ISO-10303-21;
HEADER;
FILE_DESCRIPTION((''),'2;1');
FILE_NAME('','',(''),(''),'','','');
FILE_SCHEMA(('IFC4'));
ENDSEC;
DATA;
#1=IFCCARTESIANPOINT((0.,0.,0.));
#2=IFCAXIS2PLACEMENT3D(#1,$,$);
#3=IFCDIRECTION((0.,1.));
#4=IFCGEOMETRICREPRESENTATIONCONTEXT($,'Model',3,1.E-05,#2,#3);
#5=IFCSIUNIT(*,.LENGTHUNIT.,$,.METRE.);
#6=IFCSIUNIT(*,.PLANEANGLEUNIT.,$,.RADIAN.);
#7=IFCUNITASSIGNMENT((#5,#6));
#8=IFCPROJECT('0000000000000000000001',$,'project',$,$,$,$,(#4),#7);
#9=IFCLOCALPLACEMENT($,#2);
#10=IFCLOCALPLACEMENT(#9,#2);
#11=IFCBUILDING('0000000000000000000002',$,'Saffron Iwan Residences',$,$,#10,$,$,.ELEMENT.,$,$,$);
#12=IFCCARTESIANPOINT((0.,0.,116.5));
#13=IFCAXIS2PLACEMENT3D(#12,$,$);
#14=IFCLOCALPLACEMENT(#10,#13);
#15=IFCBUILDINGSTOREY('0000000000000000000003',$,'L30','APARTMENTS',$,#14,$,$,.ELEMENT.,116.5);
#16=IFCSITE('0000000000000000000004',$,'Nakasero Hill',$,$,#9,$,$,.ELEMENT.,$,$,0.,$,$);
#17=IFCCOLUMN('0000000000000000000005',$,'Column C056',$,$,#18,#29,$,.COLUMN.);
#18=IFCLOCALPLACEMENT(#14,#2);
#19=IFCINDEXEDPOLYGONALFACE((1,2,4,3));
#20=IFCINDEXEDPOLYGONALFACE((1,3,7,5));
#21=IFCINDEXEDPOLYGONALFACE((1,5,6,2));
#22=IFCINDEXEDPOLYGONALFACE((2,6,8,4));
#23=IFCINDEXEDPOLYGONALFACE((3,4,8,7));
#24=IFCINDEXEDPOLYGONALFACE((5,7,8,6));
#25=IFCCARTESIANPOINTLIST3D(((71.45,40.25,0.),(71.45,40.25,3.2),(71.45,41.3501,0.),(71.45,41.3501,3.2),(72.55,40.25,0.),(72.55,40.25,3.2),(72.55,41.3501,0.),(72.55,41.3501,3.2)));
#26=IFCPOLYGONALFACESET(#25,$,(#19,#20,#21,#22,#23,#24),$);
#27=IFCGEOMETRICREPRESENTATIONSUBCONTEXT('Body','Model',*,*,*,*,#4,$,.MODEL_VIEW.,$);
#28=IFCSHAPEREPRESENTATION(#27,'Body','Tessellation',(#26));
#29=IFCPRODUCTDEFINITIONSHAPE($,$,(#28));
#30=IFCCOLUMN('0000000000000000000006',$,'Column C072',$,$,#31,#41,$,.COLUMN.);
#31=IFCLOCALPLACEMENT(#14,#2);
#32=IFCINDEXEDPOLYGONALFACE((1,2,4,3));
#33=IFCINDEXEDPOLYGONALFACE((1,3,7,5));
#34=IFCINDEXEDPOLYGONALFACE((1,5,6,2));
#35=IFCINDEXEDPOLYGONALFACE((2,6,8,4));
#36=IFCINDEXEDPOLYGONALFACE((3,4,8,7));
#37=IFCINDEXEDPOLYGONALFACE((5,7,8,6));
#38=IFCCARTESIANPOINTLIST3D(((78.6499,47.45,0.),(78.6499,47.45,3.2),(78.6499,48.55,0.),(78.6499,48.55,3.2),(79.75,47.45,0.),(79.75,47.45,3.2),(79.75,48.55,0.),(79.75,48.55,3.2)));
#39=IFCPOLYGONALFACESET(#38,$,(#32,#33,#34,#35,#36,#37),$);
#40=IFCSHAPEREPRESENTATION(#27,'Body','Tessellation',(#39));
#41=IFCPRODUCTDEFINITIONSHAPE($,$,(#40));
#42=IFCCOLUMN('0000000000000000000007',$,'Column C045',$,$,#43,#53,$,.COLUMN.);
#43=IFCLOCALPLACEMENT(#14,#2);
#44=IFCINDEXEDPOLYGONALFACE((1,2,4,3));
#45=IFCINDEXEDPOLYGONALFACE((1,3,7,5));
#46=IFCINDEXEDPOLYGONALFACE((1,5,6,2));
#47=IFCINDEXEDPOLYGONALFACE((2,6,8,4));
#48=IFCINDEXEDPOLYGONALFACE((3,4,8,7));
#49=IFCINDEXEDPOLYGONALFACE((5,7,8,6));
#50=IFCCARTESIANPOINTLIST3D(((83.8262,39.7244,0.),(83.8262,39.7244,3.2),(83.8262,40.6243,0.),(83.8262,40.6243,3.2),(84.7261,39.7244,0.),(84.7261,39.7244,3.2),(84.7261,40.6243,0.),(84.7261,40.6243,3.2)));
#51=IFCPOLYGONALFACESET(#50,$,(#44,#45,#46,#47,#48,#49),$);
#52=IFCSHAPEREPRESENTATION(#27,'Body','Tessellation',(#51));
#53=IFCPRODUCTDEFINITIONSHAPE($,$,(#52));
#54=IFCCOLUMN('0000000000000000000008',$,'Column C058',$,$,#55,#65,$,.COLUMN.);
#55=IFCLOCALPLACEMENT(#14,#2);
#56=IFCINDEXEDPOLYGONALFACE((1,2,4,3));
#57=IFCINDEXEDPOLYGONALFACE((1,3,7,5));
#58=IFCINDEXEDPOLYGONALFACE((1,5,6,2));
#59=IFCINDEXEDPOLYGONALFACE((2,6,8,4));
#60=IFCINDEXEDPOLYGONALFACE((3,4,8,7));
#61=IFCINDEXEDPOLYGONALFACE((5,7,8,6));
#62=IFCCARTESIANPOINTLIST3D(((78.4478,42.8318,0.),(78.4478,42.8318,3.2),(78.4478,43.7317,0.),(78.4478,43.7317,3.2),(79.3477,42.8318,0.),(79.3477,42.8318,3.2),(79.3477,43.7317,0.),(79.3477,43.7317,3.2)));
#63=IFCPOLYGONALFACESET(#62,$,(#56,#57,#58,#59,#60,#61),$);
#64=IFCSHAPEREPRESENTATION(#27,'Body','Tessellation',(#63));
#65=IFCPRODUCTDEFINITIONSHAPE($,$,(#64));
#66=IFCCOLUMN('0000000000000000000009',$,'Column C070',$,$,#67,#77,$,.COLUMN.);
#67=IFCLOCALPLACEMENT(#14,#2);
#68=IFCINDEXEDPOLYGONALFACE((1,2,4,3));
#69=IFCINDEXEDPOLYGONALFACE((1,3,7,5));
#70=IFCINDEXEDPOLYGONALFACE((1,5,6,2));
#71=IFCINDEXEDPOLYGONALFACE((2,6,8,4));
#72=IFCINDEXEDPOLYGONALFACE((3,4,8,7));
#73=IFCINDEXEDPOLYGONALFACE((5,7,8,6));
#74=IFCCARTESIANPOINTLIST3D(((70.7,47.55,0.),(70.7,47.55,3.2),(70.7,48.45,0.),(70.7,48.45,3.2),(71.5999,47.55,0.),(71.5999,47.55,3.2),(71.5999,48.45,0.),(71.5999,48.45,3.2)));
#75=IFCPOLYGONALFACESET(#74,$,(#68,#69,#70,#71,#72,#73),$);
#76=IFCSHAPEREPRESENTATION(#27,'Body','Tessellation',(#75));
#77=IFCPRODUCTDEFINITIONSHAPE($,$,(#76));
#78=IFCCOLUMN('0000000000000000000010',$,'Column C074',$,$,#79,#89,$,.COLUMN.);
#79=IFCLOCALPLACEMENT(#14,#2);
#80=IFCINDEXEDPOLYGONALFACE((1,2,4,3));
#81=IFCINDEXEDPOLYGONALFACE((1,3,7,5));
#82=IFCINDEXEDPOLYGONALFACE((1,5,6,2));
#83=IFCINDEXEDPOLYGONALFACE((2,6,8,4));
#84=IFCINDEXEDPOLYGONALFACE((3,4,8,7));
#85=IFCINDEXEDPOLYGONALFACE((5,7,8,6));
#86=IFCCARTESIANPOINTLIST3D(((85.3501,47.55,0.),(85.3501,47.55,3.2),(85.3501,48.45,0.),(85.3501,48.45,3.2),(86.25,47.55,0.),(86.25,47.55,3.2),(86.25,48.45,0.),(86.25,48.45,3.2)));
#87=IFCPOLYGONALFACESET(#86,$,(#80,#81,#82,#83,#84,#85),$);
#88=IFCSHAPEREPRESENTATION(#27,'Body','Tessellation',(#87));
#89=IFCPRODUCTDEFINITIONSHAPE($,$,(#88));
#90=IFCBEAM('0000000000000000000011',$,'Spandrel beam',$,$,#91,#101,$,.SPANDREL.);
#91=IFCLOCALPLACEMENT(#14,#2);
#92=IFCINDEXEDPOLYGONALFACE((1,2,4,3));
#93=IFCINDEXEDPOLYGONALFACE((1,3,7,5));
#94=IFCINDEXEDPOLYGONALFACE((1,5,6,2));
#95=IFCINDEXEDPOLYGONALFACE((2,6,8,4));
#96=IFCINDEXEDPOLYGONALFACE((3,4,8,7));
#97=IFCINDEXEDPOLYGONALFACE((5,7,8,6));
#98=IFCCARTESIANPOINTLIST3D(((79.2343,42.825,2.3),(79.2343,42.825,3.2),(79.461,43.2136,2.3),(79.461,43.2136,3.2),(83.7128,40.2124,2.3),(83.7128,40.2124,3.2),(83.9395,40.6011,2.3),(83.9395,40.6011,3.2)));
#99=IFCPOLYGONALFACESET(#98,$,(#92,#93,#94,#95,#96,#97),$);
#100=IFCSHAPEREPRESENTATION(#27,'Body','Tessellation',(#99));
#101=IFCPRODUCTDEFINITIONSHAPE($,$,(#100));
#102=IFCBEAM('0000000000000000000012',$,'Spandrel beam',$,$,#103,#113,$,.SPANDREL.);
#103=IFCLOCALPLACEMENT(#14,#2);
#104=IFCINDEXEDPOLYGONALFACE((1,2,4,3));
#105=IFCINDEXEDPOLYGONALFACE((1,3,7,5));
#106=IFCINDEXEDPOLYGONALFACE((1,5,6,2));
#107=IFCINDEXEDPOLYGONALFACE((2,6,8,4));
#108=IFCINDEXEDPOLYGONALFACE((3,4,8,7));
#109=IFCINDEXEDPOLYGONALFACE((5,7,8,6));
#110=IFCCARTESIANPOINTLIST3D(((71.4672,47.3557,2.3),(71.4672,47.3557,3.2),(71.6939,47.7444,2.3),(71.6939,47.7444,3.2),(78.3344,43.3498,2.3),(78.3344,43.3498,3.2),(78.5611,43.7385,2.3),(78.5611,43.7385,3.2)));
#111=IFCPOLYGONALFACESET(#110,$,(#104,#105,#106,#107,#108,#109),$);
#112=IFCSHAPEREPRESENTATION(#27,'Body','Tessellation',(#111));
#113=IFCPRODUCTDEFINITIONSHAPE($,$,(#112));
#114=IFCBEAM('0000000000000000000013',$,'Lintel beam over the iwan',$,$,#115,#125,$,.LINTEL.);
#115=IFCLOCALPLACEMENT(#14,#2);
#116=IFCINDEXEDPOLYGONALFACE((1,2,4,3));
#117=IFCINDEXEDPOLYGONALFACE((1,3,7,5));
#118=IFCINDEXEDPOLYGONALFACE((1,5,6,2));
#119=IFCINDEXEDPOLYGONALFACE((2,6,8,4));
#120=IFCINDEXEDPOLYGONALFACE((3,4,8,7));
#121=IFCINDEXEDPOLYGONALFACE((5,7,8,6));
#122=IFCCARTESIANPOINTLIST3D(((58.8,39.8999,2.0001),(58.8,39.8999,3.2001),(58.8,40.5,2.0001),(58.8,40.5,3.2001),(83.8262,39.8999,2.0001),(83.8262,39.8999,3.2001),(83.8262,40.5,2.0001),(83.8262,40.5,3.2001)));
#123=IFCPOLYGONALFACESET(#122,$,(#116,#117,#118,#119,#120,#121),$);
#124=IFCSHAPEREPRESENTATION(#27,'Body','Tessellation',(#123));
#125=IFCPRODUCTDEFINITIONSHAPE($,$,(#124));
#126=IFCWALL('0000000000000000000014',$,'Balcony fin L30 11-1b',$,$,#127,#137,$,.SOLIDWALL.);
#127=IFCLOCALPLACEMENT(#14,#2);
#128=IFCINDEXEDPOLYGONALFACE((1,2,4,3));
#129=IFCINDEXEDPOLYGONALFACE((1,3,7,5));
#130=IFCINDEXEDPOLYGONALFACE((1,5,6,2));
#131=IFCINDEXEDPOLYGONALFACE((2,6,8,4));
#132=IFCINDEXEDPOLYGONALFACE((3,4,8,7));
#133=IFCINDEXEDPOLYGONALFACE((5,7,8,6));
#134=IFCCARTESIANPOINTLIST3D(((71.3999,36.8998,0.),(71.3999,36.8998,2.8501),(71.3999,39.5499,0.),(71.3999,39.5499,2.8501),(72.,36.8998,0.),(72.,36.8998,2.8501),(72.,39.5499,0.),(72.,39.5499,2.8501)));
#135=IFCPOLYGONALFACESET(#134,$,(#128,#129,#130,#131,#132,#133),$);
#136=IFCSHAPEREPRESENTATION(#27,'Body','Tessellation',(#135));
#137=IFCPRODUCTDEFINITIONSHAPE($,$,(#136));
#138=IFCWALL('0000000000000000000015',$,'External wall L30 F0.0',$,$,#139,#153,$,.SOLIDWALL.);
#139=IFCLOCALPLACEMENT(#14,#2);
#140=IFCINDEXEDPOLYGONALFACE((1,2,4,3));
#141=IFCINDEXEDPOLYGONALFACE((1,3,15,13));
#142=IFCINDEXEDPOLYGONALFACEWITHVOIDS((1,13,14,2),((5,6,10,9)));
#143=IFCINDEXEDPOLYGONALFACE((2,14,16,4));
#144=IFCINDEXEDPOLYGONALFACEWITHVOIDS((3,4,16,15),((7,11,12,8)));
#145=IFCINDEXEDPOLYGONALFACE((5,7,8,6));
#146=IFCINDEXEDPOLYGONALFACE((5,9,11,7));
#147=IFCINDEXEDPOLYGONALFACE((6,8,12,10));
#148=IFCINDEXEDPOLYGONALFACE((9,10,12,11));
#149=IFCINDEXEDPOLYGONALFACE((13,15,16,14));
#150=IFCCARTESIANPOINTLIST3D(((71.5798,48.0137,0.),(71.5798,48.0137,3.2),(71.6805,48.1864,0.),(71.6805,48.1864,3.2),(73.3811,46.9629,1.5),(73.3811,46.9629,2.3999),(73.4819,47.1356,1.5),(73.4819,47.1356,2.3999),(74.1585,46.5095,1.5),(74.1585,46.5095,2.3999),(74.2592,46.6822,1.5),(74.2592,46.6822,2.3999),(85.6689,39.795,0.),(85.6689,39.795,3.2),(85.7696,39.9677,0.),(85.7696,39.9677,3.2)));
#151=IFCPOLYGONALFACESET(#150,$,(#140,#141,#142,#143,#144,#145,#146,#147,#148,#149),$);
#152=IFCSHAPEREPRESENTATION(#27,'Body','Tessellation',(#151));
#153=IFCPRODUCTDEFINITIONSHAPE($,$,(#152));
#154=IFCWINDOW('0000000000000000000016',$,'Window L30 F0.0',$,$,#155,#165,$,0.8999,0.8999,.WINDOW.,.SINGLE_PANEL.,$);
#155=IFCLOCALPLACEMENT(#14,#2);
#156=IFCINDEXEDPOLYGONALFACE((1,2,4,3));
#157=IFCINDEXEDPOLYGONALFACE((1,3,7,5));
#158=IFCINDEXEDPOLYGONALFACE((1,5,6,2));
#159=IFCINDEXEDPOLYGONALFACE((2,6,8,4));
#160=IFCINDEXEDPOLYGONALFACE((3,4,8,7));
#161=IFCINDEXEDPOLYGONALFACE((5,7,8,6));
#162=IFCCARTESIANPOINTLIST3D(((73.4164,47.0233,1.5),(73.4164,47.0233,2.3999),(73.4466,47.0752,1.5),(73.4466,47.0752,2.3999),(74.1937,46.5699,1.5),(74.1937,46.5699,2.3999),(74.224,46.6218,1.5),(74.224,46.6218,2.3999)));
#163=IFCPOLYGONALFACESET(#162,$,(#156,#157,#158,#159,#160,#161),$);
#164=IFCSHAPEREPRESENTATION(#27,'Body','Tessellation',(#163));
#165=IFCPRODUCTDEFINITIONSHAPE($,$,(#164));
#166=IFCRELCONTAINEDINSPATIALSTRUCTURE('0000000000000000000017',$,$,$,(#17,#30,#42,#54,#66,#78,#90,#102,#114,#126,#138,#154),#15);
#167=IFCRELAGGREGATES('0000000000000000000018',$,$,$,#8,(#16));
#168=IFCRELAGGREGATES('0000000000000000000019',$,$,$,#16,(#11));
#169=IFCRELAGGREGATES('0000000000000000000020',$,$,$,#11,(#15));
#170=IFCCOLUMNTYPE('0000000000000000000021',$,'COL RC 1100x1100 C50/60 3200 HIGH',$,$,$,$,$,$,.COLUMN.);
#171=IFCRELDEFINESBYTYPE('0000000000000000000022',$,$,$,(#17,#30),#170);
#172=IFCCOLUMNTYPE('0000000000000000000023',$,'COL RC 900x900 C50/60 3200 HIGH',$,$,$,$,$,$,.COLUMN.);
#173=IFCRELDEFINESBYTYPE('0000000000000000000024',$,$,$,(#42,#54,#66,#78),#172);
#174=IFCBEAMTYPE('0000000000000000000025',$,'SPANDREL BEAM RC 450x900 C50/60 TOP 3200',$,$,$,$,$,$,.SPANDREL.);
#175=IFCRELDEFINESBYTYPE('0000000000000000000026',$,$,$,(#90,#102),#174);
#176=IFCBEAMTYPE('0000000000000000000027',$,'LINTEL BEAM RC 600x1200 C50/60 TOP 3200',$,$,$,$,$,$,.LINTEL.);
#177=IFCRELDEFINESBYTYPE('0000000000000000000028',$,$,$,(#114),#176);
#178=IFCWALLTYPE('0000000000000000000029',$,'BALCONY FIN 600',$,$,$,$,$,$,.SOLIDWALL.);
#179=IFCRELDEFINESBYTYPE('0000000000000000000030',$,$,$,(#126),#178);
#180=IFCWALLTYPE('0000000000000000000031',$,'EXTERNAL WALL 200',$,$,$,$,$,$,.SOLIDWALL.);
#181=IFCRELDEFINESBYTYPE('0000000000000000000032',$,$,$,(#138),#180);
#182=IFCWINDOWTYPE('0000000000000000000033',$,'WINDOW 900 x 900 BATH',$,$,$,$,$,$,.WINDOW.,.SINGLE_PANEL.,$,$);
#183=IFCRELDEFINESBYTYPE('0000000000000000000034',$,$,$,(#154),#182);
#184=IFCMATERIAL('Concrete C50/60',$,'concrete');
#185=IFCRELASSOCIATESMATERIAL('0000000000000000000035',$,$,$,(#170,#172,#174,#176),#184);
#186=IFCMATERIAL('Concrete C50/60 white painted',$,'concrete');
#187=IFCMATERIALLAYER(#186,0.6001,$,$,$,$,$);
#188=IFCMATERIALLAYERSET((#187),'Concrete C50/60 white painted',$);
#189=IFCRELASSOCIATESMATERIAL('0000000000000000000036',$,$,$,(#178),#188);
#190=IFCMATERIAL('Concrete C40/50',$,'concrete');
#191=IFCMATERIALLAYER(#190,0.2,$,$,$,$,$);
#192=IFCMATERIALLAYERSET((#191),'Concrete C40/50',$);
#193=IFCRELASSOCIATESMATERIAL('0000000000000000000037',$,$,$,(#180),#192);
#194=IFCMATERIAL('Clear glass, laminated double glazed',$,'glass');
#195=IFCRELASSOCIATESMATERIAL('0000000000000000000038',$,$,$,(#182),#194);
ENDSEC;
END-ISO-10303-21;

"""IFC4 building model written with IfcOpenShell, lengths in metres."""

from ifc_helpers import new_model, si_unit, direction, frame, frame_2d, origin, origin_2d, place, context, subcontext, project, spatial, rectangle, extrude, source, transform, mapped, material, layer, layer_set, material_profile, profile_set, type_object, element, fill, save


model = new_model("IFC4")

# Units and contexts
model_context = context("Model", 3, precision=1e-05, world=origin(), true_north=direction((0.0, 1.0)))
body_context = subcontext(model_context, "Body", "Model", "MODEL_VIEW")
ifc_project = project(units=[si_unit("LENGTHUNIT", "METRE"), si_unit("PLANEANGLEUNIT", "RADIAN")], contexts=[model_context])

# Site, building, storey
site_placement = place(None, origin())
site = spatial("IfcSite", under=ifc_project, at=site_placement, Name="Nakasero Hill", CompositionType="ELEMENT", RefElevation=0.0)
building_placement = place(site_placement, origin())
building = spatial("IfcBuilding", under=site, at=building_placement, Name="Saffron Iwan Residences", CompositionType="ELEMENT")
storey_placement = place(building_placement, frame((0.0, 0.0, 116.5)))
storey = spatial("IfcBuildingStorey", under=building, at=storey_placement, Name="L30", Description="APARTMENTS", CompositionType="ELEMENT", Elevation=116.5)

# Columns
ifc_material_1 = material(Name="Concrete C50/60", Category="concrete")
ifc_material_profile_1 = material_profile(ifc_material_1, rectangle(XDim=1.1001, YDim=1.1001, at=origin_2d()), Name="RC 1100x1100")
ifc_profile_set_1 = profile_set([ifc_material_profile_1], Name="Concrete C50/60")
column_type_1 = type_object("IfcColumnType", Name="COL RC 1100x1100 C50/60 3200 HIGH", PredefinedType="COLUMN", material=ifc_profile_set_1)
shared_shape_1 = source(origin(), body_context, "Body", "SweptSolid", [
    extrude(rectangle(XDim=1.1001, YDim=1.1001, at=origin_2d()), origin(), (0.0, 0.0, 1.0), 3.2),
])
for number, where, z_axis, x_axis, name in (
    (1, (72.0, 40.8, 0.0), (0.0, 0.0, 1.0), (1.0, 0.0, 0.0), "Column C056"),
    (2, (79.2, 48.0, 0.0), (0.0, 0.0, 1.0), (1.0, 0.0, 0.0), "Column C072"),
):
    element("IfcColumn", number, at=place(storey_placement, frame(where, z_axis=z_axis, x_axis=x_axis)), inside=storey, type_object=column_type_1, Name=name, PredefinedType="COLUMN", context=body_context, shape_type="MappedRepresentation", body=[
        mapped(shared_shape_1, transform((0.0, 0.0, 0.0))),
    ])
ifc_material_profile_2 = material_profile(ifc_material_1, rectangle(XDim=0.8999, YDim=0.8999, at=origin_2d()), Name="RC 900x900")
ifc_profile_set_2 = profile_set([ifc_material_profile_2], Name="Concrete C50/60")
column_type_2 = type_object("IfcColumnType", Name="COL RC 900x900 C50/60 3200 HIGH", PredefinedType="COLUMN", material=ifc_profile_set_2)
shared_shape_2 = source(origin(), body_context, "Body", "SweptSolid", [
    extrude(rectangle(XDim=0.8999, YDim=0.8999, at=origin_2d()), origin(), (0.0, 0.0, 1.0), 3.2),
])
for number, where, z_axis, x_axis, name in (
    (3, (84.2761, 40.1743, 0.0), (0.0, 0.0, 1.0), (1.0, 0.0, 0.0), "Column C045"),
    (4, (78.8977, 43.2817, 0.0), (0.0, 0.0, 1.0), (1.0, 0.0, 0.0), "Column C058"),
    (5, (71.1499, 48.0, 0.0), (0.0, 0.0, 1.0), (1.0, 0.0, 0.0), "Column C070"),
    (6, (85.8, 48.0, 0.0), (0.0, 0.0, 1.0), (1.0, 0.0, 0.0), "Column C074"),
):
    element("IfcColumn", number, at=place(storey_placement, frame(where, z_axis=z_axis, x_axis=x_axis)), inside=storey, type_object=column_type_2, Name=name, PredefinedType="COLUMN", context=body_context, shape_type="MappedRepresentation", body=[
        mapped(shared_shape_2, transform((0.0, 0.0, 0.0))),
    ])

# Beams
ifc_material_profile_3 = material_profile(ifc_material_1, rectangle(XDim=0.45, YDim=0.8999, at=origin_2d()), Name="RC 450x900")
ifc_profile_set_3 = profile_set([ifc_material_profile_3], Name="Concrete C50/60")
beam_type_1 = type_object("IfcBeamType", Name="SPANDREL BEAM RC 450x900 C50/60 TOP 3200", PredefinedType="SPANDREL", material=ifc_profile_set_3)
shared_shape_3 = source(origin(), body_context, "Body", "SweptSolid", [
    extrude(rectangle(XDim=0.45, YDim=0.8999, at=origin_2d()), origin(), (0.0, 0.0, 1.0), 5.1848),
])
beam_1_placement = place(storey_placement, frame((79.3477, 43.0193, 2.75), z_axis=(0.863772, -0.503883, 0.0), x_axis=(0.503883, 0.863772, 0.0)))
element("IfcBeam", 7, at=beam_1_placement, inside=storey, type_object=beam_type_1, Name="Spandrel beam", PredefinedType="SPANDREL", context=body_context, shape_type="MappedRepresentation", body=[
    mapped(shared_shape_3, transform((0.0, 0.0, 0.0))),
])
shared_shape_4 = source(origin(), body_context, "Body", "SweptSolid", [
    extrude(rectangle(XDim=0.45, YDim=0.8999, at=origin_2d()), origin(), (0.0, 0.0, 1.0), 7.9502),
])
beam_2_placement = place(storey_placement, frame((71.5806, 47.55, 2.75), z_axis=(0.863779, -0.503871, 0.0), x_axis=(0.503871, 0.863779, 0.0)))
element("IfcBeam", 8, at=beam_2_placement, inside=storey, type_object=beam_type_1, Name="Spandrel beam", PredefinedType="SPANDREL", context=body_context, shape_type="MappedRepresentation", body=[
    mapped(shared_shape_4, transform((0.0, 0.0, 0.0))),
])
ifc_material_profile_4 = material_profile(ifc_material_1, rectangle(XDim=0.6001, YDim=1.2, at=origin_2d()), Name="RC 600x1200")
ifc_profile_set_4 = profile_set([ifc_material_profile_4], Name="Concrete C50/60")
beam_type_2 = type_object("IfcBeamType", Name="LINTEL BEAM RC 600x1200 C50/60 TOP 3200", PredefinedType="LINTEL", material=ifc_profile_set_4)
shared_shape_5 = source(origin(), body_context, "Body", "SweptSolid", [
    extrude(rectangle(XDim=0.6001, YDim=1.2, at=origin_2d()), origin(), (0.0, 0.0, 1.0), 25.0261),
])
beam_3_placement = place(storey_placement, frame((83.8262, 40.2, 2.6001), z_axis=(-1.0, 0.0, 0.0), x_axis=(0.0, -1.0, 0.0)))
element("IfcBeam", 9, at=beam_3_placement, inside=storey, type_object=beam_type_2, Name="Lintel beam over the iwan", PredefinedType="LINTEL", context=body_context, shape_type="MappedRepresentation", body=[
    mapped(shared_shape_5, transform((0.0, 0.0, 0.0))),
])

# Wall
ifc_material_2 = material(Name="Concrete C50/60 white painted", Category="concrete")
ifc_layer_1 = layer(ifc_material_2, 0.6001)
ifc_layer_set_1 = layer_set([ifc_layer_1], Name="Concrete C50/60 white painted")
wall_type_1 = type_object("IfcWallType", Name="BALCONY FIN 600", PredefinedType="SOLIDWALL", material=ifc_layer_set_1)
wall_1_placement = place(storey_placement, frame((71.7, 39.55, 0.0), z_axis=(0.0, 0.0, 1.0), x_axis=(0.0, -1.0, 0.0)))
element("IfcWall", 10, at=wall_1_placement, inside=storey, type_object=wall_type_1, Name="Balcony fin L30 11-1b", PredefinedType="SOLIDWALL", context=body_context, shape_type="SweptSolid", body=[
    extrude(rectangle(XDim=2.6501, YDim=0.6001, at=frame_2d((1.3252, 0.0))), origin(), (0.0, 0.0, 1.0), 2.8501),
])

# Wall, opening, window
ifc_material_3 = material(Name="Concrete C40/50", Category="concrete")
ifc_layer_2 = layer(ifc_material_3, 0.2)
ifc_layer_set_2 = layer_set([ifc_layer_2], Name="Concrete C40/50")
wall_type_2 = type_object("IfcWallType", Name="EXTERNAL WALL 200", PredefinedType="SOLIDWALL", material=ifc_layer_set_2)
wall_2_placement = place(storey_placement, frame((85.7192, 39.8813, 0.0), z_axis=(0.0, 0.0, 1.0), x_axis=(-0.863776, 0.503876, 0.0)))
wall_2 = element("IfcWall", 11, at=wall_2_placement, inside=storey, type_object=wall_type_2, Name="External wall L30 F0.0", PredefinedType="SOLIDWALL", context=body_context, shape_type="SweptSolid", body=[
    extrude(rectangle(XDim=16.311, YDim=0.2, at=frame_2d((8.1555, 0.0))), origin(), (0.0, 0.0, 1.0), 3.2),
])
opening_1_placement = place(wall_2_placement, frame((13.3257, 0.0, 1.5)))
opening_1 = element("IfcOpeningElement", 12, at=opening_1_placement, cuts=wall_2, PredefinedType="OPENING", context=body_context, shape_type="SweptSolid", body=[
    extrude(rectangle(XDim=0.8999, YDim=0.8999, at=frame_2d((0.45, 0.45))), frame((0.0, 0.1099, 0.0), z_axis=(0.0, -1.0, 0.0), x_axis=(1.0, 0.0, 0.0)), (0.0, 0.0, 1.0), 0.22),
])
ifc_material_4 = material(Name="Clear glass, laminated double glazed", Category="glass")
window_type = type_object("IfcWindowType", Name="WINDOW 900 x 900 BATH", PartitioningType="SINGLE_PANEL", PredefinedType="WINDOW", material=ifc_material_4)
window_1_placement = place(opening_1_placement, origin())
window_1 = element("IfcWindow", 13, at=window_1_placement, inside=storey, type_object=window_type, Name="Window L30 F0.0", OverallHeight=0.8999, OverallWidth=0.8999, PartitioningType="SINGLE_PANEL", PredefinedType="WINDOW", context=body_context, shape_type="SweptSolid", body=[
    extrude(rectangle(XDim=0.8999, YDim=0.8999, at=frame_2d((0.45, 0.45))), frame((0.0, 0.03, 0.0), z_axis=(0.0, -1.0, 0.0), x_axis=(1.0, 0.0, 0.0)), (0.0, 0.0, 1.0), 0.0601),
])
fill(opening_1, window_1)

save(model, "model.ifc")
